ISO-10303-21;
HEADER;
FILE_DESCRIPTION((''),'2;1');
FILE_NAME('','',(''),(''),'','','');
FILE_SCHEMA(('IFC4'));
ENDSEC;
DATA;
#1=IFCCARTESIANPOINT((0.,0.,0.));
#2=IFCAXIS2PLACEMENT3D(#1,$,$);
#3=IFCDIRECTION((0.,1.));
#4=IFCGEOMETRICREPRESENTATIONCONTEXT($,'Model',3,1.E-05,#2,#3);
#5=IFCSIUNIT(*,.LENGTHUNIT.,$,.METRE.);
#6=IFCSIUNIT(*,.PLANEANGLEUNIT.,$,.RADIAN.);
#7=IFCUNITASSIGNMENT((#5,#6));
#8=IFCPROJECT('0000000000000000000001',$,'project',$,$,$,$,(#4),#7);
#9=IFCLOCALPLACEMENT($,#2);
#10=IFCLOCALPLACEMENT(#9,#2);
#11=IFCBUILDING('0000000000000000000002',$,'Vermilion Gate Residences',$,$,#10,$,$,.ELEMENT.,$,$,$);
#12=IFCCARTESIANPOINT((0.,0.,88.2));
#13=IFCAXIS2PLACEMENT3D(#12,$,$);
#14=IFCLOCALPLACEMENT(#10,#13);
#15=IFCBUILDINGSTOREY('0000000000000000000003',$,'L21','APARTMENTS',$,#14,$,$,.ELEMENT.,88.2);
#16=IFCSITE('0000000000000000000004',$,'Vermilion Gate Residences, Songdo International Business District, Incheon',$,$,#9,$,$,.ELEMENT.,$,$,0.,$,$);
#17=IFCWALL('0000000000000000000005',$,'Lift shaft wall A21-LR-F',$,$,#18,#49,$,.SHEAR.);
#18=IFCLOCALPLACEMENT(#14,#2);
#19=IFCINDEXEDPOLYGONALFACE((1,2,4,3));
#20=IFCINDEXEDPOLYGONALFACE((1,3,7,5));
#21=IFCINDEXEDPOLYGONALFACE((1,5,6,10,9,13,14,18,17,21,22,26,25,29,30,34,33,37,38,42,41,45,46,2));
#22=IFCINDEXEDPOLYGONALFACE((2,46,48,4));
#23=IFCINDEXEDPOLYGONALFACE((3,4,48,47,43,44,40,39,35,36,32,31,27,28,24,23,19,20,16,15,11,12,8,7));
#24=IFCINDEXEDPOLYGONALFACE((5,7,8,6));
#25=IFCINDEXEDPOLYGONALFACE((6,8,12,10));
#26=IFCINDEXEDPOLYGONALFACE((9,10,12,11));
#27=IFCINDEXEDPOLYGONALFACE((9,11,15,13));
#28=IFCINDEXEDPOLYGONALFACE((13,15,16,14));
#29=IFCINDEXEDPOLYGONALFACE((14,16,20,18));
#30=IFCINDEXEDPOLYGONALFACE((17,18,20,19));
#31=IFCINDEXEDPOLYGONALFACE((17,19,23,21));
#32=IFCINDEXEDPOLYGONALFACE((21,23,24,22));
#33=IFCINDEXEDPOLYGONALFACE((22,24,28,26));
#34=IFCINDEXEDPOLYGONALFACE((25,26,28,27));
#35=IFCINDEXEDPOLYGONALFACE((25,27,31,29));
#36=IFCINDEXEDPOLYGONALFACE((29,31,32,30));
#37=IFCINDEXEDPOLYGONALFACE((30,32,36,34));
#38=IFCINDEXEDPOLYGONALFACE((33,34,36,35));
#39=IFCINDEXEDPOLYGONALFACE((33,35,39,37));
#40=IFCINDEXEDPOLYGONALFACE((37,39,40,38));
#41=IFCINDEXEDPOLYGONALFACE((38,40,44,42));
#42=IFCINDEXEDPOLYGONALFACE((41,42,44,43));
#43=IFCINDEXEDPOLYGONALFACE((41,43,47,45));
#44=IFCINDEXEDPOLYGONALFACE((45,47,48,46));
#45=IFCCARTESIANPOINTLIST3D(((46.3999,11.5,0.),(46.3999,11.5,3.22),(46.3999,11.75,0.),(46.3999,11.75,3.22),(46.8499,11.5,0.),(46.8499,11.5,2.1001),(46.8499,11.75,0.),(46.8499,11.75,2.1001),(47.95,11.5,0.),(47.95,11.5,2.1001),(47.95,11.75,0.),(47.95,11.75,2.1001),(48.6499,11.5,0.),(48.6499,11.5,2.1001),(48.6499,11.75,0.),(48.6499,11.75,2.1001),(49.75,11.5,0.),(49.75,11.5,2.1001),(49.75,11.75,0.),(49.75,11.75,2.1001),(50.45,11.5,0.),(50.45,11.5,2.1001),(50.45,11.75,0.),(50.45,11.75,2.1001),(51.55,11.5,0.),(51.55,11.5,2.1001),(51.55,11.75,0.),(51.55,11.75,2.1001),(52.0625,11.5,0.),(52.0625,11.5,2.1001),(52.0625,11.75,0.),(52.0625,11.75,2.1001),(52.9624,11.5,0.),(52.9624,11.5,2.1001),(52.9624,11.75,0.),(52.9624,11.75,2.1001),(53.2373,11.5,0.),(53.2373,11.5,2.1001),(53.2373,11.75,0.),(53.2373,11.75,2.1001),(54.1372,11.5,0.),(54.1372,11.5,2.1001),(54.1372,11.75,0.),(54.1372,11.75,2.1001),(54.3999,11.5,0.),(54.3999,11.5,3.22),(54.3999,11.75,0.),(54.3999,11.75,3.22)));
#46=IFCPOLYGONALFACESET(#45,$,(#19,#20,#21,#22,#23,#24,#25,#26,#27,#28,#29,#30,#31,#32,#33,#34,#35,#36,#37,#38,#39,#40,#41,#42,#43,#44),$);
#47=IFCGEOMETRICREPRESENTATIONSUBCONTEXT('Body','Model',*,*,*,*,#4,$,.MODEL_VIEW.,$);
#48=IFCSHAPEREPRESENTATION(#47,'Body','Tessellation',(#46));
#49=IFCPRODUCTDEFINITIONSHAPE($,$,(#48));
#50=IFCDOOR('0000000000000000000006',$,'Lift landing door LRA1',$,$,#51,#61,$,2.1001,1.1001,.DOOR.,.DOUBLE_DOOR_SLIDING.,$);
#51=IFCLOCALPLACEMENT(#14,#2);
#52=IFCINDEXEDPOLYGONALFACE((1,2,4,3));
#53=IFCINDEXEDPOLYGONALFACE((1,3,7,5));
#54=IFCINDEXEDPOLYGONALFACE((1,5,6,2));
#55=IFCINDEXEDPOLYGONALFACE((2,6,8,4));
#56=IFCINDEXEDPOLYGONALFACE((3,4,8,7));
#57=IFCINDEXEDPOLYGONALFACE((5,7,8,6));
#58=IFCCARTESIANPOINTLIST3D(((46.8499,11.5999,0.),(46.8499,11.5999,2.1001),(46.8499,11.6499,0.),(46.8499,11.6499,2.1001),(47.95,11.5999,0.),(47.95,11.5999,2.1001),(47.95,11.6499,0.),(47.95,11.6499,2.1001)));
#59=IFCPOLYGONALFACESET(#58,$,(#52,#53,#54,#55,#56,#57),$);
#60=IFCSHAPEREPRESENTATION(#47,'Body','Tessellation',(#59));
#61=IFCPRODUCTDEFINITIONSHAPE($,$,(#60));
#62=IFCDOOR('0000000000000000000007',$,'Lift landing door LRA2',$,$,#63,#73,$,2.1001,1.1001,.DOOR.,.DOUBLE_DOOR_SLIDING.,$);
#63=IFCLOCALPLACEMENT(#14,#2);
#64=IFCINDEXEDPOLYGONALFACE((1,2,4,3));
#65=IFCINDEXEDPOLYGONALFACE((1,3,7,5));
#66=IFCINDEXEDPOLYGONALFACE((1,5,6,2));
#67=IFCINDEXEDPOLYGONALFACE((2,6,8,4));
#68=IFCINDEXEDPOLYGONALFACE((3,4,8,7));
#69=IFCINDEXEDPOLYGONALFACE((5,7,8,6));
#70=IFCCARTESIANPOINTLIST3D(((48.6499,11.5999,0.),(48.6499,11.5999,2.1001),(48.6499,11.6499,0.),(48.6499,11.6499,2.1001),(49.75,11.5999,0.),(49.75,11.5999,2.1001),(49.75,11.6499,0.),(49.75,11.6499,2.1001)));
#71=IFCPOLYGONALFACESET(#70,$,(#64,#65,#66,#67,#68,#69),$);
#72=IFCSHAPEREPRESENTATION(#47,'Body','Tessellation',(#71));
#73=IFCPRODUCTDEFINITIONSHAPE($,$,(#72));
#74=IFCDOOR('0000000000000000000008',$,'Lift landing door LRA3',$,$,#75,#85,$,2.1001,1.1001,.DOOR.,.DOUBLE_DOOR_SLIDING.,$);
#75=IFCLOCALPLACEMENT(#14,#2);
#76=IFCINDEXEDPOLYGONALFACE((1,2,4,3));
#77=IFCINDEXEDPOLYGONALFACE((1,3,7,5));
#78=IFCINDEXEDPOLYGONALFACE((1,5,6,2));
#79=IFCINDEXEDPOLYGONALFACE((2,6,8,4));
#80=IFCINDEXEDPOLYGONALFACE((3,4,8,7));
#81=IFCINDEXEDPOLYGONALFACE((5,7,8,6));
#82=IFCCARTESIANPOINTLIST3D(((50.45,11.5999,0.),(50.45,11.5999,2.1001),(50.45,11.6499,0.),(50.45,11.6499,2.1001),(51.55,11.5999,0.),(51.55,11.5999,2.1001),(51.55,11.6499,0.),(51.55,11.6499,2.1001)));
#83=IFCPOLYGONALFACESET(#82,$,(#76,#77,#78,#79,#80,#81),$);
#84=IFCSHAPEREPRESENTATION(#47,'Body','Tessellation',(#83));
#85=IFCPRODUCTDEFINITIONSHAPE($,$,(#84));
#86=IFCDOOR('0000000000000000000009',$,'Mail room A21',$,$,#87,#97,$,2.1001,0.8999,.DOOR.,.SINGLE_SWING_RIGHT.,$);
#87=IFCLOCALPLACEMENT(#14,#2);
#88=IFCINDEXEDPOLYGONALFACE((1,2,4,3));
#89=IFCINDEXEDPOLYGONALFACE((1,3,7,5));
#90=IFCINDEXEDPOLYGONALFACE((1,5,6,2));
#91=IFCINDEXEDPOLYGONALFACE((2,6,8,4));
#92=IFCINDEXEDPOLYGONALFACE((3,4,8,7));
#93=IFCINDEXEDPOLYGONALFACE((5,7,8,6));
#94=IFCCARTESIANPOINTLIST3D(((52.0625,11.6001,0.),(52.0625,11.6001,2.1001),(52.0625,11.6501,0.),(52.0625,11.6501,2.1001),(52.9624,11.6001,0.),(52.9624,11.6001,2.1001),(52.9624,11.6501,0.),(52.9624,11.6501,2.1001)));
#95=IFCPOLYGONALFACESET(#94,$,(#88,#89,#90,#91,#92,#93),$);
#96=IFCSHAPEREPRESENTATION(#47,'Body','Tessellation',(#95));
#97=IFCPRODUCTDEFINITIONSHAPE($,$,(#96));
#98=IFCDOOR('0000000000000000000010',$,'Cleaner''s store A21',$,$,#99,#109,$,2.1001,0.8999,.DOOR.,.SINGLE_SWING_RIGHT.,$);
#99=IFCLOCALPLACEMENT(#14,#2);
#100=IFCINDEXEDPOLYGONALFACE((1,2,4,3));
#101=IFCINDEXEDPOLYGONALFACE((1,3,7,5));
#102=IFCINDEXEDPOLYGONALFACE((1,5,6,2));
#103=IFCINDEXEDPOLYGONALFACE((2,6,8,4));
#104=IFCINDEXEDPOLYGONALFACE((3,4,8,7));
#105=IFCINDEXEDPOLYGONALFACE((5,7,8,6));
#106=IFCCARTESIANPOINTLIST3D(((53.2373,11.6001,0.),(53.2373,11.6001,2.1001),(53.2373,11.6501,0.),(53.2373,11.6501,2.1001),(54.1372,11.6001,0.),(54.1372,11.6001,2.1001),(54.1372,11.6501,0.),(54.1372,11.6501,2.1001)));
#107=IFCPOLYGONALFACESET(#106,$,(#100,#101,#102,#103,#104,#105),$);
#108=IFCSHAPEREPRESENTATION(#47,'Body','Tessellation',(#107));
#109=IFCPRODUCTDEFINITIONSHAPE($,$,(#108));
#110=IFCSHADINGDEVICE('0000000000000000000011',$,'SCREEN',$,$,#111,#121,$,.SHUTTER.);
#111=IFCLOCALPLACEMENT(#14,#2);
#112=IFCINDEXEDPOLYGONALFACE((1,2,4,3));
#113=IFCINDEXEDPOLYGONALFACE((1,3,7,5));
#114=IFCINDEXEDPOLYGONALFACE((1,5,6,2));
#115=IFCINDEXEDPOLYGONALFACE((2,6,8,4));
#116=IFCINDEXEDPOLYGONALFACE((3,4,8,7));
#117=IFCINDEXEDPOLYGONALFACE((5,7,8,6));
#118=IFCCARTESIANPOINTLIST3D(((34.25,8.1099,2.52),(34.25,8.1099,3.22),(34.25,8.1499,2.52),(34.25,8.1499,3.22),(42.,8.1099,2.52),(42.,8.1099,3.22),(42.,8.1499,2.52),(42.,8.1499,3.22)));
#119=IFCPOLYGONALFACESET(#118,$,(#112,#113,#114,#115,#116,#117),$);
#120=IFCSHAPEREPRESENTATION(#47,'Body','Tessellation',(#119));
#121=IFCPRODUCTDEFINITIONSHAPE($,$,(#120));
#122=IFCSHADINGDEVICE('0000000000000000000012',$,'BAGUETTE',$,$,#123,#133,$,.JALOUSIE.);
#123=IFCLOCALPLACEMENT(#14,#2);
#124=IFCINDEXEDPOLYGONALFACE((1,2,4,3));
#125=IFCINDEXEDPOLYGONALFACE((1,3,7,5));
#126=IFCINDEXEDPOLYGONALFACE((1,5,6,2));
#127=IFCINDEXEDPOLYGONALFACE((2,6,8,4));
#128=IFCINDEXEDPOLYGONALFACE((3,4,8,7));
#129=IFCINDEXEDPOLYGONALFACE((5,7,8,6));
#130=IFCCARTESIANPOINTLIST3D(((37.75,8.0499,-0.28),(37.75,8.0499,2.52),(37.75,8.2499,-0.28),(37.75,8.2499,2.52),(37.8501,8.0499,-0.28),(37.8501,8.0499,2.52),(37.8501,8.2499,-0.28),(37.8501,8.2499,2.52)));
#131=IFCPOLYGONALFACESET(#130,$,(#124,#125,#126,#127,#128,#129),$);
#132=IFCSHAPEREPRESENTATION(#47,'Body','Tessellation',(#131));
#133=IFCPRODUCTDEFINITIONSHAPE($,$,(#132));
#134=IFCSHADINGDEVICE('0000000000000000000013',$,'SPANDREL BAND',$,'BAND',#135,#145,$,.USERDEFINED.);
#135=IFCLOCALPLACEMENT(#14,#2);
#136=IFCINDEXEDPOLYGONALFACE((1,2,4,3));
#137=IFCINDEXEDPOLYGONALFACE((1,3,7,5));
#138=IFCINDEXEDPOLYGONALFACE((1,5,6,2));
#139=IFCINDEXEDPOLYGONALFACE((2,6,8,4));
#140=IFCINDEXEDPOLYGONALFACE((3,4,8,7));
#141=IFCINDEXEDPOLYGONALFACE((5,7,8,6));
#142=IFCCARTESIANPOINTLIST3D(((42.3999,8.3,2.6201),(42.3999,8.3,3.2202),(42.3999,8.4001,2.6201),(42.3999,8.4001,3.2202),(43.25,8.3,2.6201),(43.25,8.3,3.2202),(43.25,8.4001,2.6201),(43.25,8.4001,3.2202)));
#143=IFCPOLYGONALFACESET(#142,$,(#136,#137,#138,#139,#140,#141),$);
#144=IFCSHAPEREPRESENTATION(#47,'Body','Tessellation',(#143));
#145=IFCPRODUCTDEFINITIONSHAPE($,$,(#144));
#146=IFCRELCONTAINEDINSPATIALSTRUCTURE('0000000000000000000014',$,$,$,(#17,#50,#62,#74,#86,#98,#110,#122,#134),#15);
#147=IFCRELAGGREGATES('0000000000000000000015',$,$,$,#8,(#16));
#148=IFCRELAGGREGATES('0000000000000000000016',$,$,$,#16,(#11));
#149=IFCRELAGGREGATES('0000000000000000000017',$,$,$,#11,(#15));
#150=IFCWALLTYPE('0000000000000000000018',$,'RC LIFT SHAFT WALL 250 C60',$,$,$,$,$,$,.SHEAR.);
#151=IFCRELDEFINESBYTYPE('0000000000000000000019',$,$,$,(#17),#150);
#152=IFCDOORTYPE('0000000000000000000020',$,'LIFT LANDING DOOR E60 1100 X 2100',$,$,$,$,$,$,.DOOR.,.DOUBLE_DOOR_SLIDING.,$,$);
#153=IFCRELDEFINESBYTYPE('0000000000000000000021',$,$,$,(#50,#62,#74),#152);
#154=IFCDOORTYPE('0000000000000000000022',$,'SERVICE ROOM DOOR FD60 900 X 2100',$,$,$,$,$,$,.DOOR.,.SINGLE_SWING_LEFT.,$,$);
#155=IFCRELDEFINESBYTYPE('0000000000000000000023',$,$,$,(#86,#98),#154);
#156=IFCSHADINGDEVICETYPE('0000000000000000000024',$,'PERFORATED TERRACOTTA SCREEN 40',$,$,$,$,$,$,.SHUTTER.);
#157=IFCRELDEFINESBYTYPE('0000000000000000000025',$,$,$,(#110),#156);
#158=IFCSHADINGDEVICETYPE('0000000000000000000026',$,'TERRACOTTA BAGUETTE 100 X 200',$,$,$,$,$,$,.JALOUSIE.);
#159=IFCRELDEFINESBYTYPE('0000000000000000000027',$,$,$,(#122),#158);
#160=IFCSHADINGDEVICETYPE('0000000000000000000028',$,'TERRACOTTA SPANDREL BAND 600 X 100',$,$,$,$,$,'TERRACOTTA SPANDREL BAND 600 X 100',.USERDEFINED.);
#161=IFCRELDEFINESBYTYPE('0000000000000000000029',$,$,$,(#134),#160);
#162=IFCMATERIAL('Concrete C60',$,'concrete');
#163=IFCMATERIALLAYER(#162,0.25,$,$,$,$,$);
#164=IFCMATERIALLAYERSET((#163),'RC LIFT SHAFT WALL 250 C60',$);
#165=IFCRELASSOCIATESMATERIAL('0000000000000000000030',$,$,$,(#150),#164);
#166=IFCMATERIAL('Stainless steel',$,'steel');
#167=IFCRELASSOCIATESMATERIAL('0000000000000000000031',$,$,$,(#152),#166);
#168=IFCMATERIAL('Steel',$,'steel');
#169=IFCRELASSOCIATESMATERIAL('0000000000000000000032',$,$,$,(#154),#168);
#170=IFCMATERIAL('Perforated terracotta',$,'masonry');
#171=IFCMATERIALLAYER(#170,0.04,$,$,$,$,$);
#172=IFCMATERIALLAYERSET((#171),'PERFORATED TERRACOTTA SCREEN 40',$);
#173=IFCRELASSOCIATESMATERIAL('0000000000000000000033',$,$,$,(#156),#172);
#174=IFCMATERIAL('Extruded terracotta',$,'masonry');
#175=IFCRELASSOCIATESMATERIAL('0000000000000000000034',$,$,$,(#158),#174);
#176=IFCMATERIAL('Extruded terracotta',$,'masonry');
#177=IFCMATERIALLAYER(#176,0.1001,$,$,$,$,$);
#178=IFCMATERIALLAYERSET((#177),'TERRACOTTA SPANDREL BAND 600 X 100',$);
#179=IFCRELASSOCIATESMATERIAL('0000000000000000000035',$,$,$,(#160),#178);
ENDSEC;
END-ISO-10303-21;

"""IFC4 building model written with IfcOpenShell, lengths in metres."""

from ifc_helpers import new_model, si_unit, direction, frame, frame_2d, origin, origin_2d, place, context, subcontext, project, spatial, rectangle, extrude, material, layer, layer_set, material_profile, profile_set, type_object, element, fill, save


model = new_model("IFC4")

# Units and contexts
model_context = context("Model", 3, precision=1e-05, world=origin(), true_north=direction((0.0, 1.0)))
body_context = subcontext(model_context, "Body", "Model", "MODEL_VIEW")
ifc_project = project(units=[si_unit("LENGTHUNIT", "METRE"), si_unit("PLANEANGLEUNIT", "RADIAN")], contexts=[model_context])

# Site, building, storey
site_placement = place(None, origin())
site = spatial("IfcSite", under=ifc_project, at=site_placement, Name="Vermilion Gate Residences, Songdo International Business District, Incheon", CompositionType="ELEMENT", RefElevation=0.0)
building_placement = place(site_placement, origin())
building = spatial("IfcBuilding", under=site, at=building_placement, Name="Vermilion Gate Residences", CompositionType="ELEMENT")
storey_placement = place(building_placement, frame((0.0, 0.0, 88.2)))
storey = spatial("IfcBuildingStorey", under=building, at=storey_placement, Name="L21", Description="APARTMENTS", CompositionType="ELEMENT", Elevation=88.2)

# Wall, openings, doors
ifc_material_1 = material(Name="Concrete C60", Category="concrete")
ifc_layer_1 = layer(ifc_material_1, 0.25)
ifc_layer_set_1 = layer_set([ifc_layer_1], Name="RC LIFT SHAFT WALL 250 C60")
wall_type_1 = type_object("IfcWallType", Name="RC LIFT SHAFT WALL 250 C60", PredefinedType="SHEAR", material=ifc_layer_set_1)
wall_1_placement = place(storey_placement, frame((46.3999, 11.625, 0.0), z_axis=(0.0, 0.0, 1.0), x_axis=(1.0, 0.0, 0.0)))
wall_1 = element("IfcWall", 1, at=wall_1_placement, inside=storey, type_object=wall_type_1, Name="Lift shaft wall A21-LR-F", PredefinedType="SHEAR", context=body_context, shape_type="SweptSolid", body=[
    extrude(rectangle(XDim=8.0, YDim=0.25, at=frame_2d((4.0, 0.0))), origin(), (0.0, 0.0, 1.0), 3.22),
])
opening_1_placement = place(wall_1_placement, frame((0.45, 0.0, 0.0)))
opening_1 = element("IfcOpeningElement", 2, at=opening_1_placement, cuts=wall_1, PredefinedType="OPENING", context=body_context, shape_type="SweptSolid", body=[
    extrude(rectangle(XDim=1.1001, YDim=2.1001, at=frame_2d((0.55, 1.05))), frame((0.0, 0.135, 0.0), z_axis=(0.0, -1.0, 0.0), x_axis=(1.0, 0.0, 0.0)), (0.0, 0.0, 1.0), 0.27),
])
opening_2_placement = place(wall_1_placement, frame((2.25, 0.0, 0.0)))
opening_2 = element("IfcOpeningElement", 3, at=opening_2_placement, cuts=wall_1, PredefinedType="OPENING", context=body_context, shape_type="SweptSolid", body=[
    extrude(rectangle(XDim=1.1001, YDim=2.1001, at=frame_2d((0.55, 1.05))), frame((0.0, 0.135, 0.0), z_axis=(0.0, -1.0, 0.0), x_axis=(1.0, 0.0, 0.0)), (0.0, 0.0, 1.0), 0.27),
])
opening_3_placement = place(wall_1_placement, frame((4.05, 0.0, 0.0)))
opening_3 = element("IfcOpeningElement", 4, at=opening_3_placement, cuts=wall_1, PredefinedType="OPENING", context=body_context, shape_type="SweptSolid", body=[
    extrude(rectangle(XDim=1.1001, YDim=2.1001, at=frame_2d((0.55, 1.05))), frame((0.0, 0.135, 0.0), z_axis=(0.0, -1.0, 0.0), x_axis=(1.0, 0.0, 0.0)), (0.0, 0.0, 1.0), 0.27),
])
opening_4_placement = place(wall_1_placement, frame((5.6626, 0.0, 0.0)))
opening_4 = element("IfcOpeningElement", 5, at=opening_4_placement, cuts=wall_1, PredefinedType="OPENING", context=body_context, shape_type="SweptSolid", body=[
    extrude(rectangle(XDim=0.8999, YDim=2.1001, at=frame_2d((0.45, 1.05))), frame((0.0, 0.135, 0.0), z_axis=(0.0, -1.0, 0.0), x_axis=(1.0, 0.0, 0.0)), (0.0, 0.0, 1.0), 0.27),
])
opening_5_placement = place(wall_1_placement, frame((6.8374, 0.0, 0.0)))
opening_5 = element("IfcOpeningElement", 6, at=opening_5_placement, cuts=wall_1, PredefinedType="OPENING", context=body_context, shape_type="SweptSolid", body=[
    extrude(rectangle(XDim=0.8999, YDim=2.1001, at=frame_2d((0.45, 1.05))), frame((0.0, 0.135, 0.0), z_axis=(0.0, -1.0, 0.0), x_axis=(1.0, 0.0, 0.0)), (0.0, 0.0, 1.0), 0.27),
])
ifc_material_2 = material(Name="Stainless steel", Category="steel")
door_type_1 = type_object("IfcDoorType", Name="LIFT LANDING DOOR E60 1100 X 2100", OperationType="DOUBLE_DOOR_SLIDING", PredefinedType="DOOR", material=ifc_material_2)
door_1_placement = place(opening_1_placement, origin())
door_1 = element("IfcDoor", 7, at=door_1_placement, inside=storey, type_object=door_type_1, Name="Lift landing door LRA1", OperationType="DOUBLE_DOOR_SLIDING", OverallHeight=2.1001, OverallWidth=1.1001, PredefinedType="DOOR", context=body_context, shape_type="SweptSolid", body=[
    extrude(rectangle(XDim=1.1001, YDim=2.1001, at=frame_2d((0.55, 1.05))), frame((0.0, 0.0249, 0.0), z_axis=(0.0, -1.0, 0.0), x_axis=(1.0, 0.0, 0.0)), (0.0, 0.0, 1.0), 0.05),
])
fill(opening_1, door_1)
door_2_placement = place(opening_2_placement, origin())
door_2 = element("IfcDoor", 8, at=door_2_placement, inside=storey, type_object=door_type_1, Name="Lift landing door LRA2", OperationType="DOUBLE_DOOR_SLIDING", OverallHeight=2.1001, OverallWidth=1.1001, PredefinedType="DOOR", context=body_context, shape_type="SweptSolid", body=[
    extrude(rectangle(XDim=1.1001, YDim=2.1001, at=frame_2d((0.55, 1.05))), frame((0.0, 0.0249, 0.0), z_axis=(0.0, -1.0, 0.0), x_axis=(1.0, 0.0, 0.0)), (0.0, 0.0, 1.0), 0.05),
])
fill(opening_2, door_2)
door_3_placement = place(opening_3_placement, origin())
door_3 = element("IfcDoor", 9, at=door_3_placement, inside=storey, type_object=door_type_1, Name="Lift landing door LRA3", OperationType="DOUBLE_DOOR_SLIDING", OverallHeight=2.1001, OverallWidth=1.1001, PredefinedType="DOOR", context=body_context, shape_type="SweptSolid", body=[
    extrude(rectangle(XDim=1.1001, YDim=2.1001, at=frame_2d((0.55, 1.05))), frame((0.0, 0.0249, 0.0), z_axis=(0.0, -1.0, 0.0), x_axis=(1.0, 0.0, 0.0)), (0.0, 0.0, 1.0), 0.05),
])
fill(opening_3, door_3)
ifc_material_3 = material(Name="Steel", Category="steel")
door_type_2 = type_object("IfcDoorType", Name="SERVICE ROOM DOOR FD60 900 X 2100", OperationType="SINGLE_SWING_LEFT", PredefinedType="DOOR", material=ifc_material_3)
door_4_placement = place(opening_4_placement, frame((0.8999, 0.0, 0.0), z_axis=(0.0, 0.0, 1.0), x_axis=(-1.0, 0.0, 0.0)))
door_4 = element("IfcDoor", 10, at=door_4_placement, inside=storey, type_object=door_type_2, Name="Mail room A21", OperationType="SINGLE_SWING_RIGHT", OverallHeight=2.1001, OverallWidth=0.8999, PredefinedType="DOOR", context=body_context, shape_type="SweptSolid", body=[
    extrude(rectangle(XDim=0.8999, YDim=2.1001, at=frame_2d((0.45, 1.05))), frame((0.0, 0.0249, 0.0), z_axis=(0.0, -1.0, 0.0), x_axis=(1.0, 0.0, 0.0)), (0.0, 0.0, 1.0), 0.05),
])
fill(opening_4, door_4)
door_5_placement = place(opening_5_placement, frame((0.8999, 0.0, 0.0), z_axis=(0.0, 0.0, 1.0), x_axis=(-1.0, 0.0, 0.0)))
door_5 = element("IfcDoor", 11, at=door_5_placement, inside=storey, type_object=door_type_2, Name="Cleaner's store A21", OperationType="SINGLE_SWING_RIGHT", OverallHeight=2.1001, OverallWidth=0.8999, PredefinedType="DOOR", context=body_context, shape_type="SweptSolid", body=[
    extrude(rectangle(XDim=0.8999, YDim=2.1001, at=frame_2d((0.45, 1.05))), frame((0.0, 0.0249, 0.0), z_axis=(0.0, -1.0, 0.0), x_axis=(1.0, 0.0, 0.0)), (0.0, 0.0, 1.0), 0.05),
])
fill(opening_5, door_5)

# Shading devices
ifc_material_4 = material(Name="Perforated terracotta", Category="masonry")
ifc_layer_2 = layer(ifc_material_4, 0.04)
ifc_layer_set_2 = layer_set([ifc_layer_2], Name="PERFORATED TERRACOTTA SCREEN 40")
shading_device_type_1 = type_object("IfcShadingDeviceType", Name="PERFORATED TERRACOTTA SCREEN 40", PredefinedType="SHUTTER", material=ifc_layer_set_2)
shading_device_1_placement = place(storey_placement, frame((38.125, 8.1299, 2.52), z_axis=(0.0, 0.0, 1.0), x_axis=(1.0, 0.0, 0.0)))
element("IfcShadingDevice", 12, at=shading_device_1_placement, inside=storey, type_object=shading_device_type_1, Name="SCREEN", PredefinedType="SHUTTER", context=body_context, shape_type="SweptSolid", body=[
    extrude(rectangle(XDim=7.75, YDim=0.04, at=origin_2d()), origin(), (0.0, 0.0, 1.0), 0.7),
])
ifc_material_5 = material(Name="Extruded terracotta", Category="masonry")
ifc_material_profile = material_profile(ifc_material_5, rectangle(XDim=0.2, YDim=0.1001, at=origin_2d()), Name="BAGUETTE 100 X 200")
ifc_profile_set = profile_set([ifc_material_profile], Name="Extruded terracotta")
shading_device_type_2 = type_object("IfcShadingDeviceType", Name="TERRACOTTA BAGUETTE 100 X 200", PredefinedType="JALOUSIE", material=ifc_profile_set)
shading_device_2_placement = place(storey_placement, frame((37.8, 8.1499, -0.28), z_axis=(0.0, 0.0, 1.0), x_axis=(0.0, 1.0, 0.0)))
element("IfcShadingDevice", 13, at=shading_device_2_placement, inside=storey, type_object=shading_device_type_2, Name="BAGUETTE", PredefinedType="JALOUSIE", context=body_context, shape_type="SweptSolid", body=[
    extrude(rectangle(XDim=0.2, YDim=0.1001, at=origin_2d()), origin(), (0.0, 0.0, 1.0), 2.8),
])
ifc_material_6 = material(Name="Extruded terracotta", Category="masonry")
ifc_layer_3 = layer(ifc_material_6, 0.1001)
ifc_layer_set_3 = layer_set([ifc_layer_3], Name="TERRACOTTA SPANDREL BAND 600 X 100")
shading_device_type_3 = type_object("IfcShadingDeviceType", Name="TERRACOTTA SPANDREL BAND 600 X 100", ElementType="TERRACOTTA SPANDREL BAND 600 X 100", PredefinedType="USERDEFINED", material=ifc_layer_set_3)
shading_device_3_placement = place(storey_placement, frame((42.825, 8.3501, 2.6201), z_axis=(0.0, 0.0, 1.0), x_axis=(1.0, 0.0, 0.0)))
element("IfcShadingDevice", 14, at=shading_device_3_placement, inside=storey, type_object=shading_device_type_3, Name="SPANDREL BAND", ObjectType="BAND", PredefinedType="USERDEFINED", context=body_context, shape_type="SweptSolid", body=[
    extrude(rectangle(XDim=0.8501, YDim=0.1001, at=origin_2d()), origin(), (0.0, 0.0, 1.0), 0.6001),
])

save(model, "model.ifc")
